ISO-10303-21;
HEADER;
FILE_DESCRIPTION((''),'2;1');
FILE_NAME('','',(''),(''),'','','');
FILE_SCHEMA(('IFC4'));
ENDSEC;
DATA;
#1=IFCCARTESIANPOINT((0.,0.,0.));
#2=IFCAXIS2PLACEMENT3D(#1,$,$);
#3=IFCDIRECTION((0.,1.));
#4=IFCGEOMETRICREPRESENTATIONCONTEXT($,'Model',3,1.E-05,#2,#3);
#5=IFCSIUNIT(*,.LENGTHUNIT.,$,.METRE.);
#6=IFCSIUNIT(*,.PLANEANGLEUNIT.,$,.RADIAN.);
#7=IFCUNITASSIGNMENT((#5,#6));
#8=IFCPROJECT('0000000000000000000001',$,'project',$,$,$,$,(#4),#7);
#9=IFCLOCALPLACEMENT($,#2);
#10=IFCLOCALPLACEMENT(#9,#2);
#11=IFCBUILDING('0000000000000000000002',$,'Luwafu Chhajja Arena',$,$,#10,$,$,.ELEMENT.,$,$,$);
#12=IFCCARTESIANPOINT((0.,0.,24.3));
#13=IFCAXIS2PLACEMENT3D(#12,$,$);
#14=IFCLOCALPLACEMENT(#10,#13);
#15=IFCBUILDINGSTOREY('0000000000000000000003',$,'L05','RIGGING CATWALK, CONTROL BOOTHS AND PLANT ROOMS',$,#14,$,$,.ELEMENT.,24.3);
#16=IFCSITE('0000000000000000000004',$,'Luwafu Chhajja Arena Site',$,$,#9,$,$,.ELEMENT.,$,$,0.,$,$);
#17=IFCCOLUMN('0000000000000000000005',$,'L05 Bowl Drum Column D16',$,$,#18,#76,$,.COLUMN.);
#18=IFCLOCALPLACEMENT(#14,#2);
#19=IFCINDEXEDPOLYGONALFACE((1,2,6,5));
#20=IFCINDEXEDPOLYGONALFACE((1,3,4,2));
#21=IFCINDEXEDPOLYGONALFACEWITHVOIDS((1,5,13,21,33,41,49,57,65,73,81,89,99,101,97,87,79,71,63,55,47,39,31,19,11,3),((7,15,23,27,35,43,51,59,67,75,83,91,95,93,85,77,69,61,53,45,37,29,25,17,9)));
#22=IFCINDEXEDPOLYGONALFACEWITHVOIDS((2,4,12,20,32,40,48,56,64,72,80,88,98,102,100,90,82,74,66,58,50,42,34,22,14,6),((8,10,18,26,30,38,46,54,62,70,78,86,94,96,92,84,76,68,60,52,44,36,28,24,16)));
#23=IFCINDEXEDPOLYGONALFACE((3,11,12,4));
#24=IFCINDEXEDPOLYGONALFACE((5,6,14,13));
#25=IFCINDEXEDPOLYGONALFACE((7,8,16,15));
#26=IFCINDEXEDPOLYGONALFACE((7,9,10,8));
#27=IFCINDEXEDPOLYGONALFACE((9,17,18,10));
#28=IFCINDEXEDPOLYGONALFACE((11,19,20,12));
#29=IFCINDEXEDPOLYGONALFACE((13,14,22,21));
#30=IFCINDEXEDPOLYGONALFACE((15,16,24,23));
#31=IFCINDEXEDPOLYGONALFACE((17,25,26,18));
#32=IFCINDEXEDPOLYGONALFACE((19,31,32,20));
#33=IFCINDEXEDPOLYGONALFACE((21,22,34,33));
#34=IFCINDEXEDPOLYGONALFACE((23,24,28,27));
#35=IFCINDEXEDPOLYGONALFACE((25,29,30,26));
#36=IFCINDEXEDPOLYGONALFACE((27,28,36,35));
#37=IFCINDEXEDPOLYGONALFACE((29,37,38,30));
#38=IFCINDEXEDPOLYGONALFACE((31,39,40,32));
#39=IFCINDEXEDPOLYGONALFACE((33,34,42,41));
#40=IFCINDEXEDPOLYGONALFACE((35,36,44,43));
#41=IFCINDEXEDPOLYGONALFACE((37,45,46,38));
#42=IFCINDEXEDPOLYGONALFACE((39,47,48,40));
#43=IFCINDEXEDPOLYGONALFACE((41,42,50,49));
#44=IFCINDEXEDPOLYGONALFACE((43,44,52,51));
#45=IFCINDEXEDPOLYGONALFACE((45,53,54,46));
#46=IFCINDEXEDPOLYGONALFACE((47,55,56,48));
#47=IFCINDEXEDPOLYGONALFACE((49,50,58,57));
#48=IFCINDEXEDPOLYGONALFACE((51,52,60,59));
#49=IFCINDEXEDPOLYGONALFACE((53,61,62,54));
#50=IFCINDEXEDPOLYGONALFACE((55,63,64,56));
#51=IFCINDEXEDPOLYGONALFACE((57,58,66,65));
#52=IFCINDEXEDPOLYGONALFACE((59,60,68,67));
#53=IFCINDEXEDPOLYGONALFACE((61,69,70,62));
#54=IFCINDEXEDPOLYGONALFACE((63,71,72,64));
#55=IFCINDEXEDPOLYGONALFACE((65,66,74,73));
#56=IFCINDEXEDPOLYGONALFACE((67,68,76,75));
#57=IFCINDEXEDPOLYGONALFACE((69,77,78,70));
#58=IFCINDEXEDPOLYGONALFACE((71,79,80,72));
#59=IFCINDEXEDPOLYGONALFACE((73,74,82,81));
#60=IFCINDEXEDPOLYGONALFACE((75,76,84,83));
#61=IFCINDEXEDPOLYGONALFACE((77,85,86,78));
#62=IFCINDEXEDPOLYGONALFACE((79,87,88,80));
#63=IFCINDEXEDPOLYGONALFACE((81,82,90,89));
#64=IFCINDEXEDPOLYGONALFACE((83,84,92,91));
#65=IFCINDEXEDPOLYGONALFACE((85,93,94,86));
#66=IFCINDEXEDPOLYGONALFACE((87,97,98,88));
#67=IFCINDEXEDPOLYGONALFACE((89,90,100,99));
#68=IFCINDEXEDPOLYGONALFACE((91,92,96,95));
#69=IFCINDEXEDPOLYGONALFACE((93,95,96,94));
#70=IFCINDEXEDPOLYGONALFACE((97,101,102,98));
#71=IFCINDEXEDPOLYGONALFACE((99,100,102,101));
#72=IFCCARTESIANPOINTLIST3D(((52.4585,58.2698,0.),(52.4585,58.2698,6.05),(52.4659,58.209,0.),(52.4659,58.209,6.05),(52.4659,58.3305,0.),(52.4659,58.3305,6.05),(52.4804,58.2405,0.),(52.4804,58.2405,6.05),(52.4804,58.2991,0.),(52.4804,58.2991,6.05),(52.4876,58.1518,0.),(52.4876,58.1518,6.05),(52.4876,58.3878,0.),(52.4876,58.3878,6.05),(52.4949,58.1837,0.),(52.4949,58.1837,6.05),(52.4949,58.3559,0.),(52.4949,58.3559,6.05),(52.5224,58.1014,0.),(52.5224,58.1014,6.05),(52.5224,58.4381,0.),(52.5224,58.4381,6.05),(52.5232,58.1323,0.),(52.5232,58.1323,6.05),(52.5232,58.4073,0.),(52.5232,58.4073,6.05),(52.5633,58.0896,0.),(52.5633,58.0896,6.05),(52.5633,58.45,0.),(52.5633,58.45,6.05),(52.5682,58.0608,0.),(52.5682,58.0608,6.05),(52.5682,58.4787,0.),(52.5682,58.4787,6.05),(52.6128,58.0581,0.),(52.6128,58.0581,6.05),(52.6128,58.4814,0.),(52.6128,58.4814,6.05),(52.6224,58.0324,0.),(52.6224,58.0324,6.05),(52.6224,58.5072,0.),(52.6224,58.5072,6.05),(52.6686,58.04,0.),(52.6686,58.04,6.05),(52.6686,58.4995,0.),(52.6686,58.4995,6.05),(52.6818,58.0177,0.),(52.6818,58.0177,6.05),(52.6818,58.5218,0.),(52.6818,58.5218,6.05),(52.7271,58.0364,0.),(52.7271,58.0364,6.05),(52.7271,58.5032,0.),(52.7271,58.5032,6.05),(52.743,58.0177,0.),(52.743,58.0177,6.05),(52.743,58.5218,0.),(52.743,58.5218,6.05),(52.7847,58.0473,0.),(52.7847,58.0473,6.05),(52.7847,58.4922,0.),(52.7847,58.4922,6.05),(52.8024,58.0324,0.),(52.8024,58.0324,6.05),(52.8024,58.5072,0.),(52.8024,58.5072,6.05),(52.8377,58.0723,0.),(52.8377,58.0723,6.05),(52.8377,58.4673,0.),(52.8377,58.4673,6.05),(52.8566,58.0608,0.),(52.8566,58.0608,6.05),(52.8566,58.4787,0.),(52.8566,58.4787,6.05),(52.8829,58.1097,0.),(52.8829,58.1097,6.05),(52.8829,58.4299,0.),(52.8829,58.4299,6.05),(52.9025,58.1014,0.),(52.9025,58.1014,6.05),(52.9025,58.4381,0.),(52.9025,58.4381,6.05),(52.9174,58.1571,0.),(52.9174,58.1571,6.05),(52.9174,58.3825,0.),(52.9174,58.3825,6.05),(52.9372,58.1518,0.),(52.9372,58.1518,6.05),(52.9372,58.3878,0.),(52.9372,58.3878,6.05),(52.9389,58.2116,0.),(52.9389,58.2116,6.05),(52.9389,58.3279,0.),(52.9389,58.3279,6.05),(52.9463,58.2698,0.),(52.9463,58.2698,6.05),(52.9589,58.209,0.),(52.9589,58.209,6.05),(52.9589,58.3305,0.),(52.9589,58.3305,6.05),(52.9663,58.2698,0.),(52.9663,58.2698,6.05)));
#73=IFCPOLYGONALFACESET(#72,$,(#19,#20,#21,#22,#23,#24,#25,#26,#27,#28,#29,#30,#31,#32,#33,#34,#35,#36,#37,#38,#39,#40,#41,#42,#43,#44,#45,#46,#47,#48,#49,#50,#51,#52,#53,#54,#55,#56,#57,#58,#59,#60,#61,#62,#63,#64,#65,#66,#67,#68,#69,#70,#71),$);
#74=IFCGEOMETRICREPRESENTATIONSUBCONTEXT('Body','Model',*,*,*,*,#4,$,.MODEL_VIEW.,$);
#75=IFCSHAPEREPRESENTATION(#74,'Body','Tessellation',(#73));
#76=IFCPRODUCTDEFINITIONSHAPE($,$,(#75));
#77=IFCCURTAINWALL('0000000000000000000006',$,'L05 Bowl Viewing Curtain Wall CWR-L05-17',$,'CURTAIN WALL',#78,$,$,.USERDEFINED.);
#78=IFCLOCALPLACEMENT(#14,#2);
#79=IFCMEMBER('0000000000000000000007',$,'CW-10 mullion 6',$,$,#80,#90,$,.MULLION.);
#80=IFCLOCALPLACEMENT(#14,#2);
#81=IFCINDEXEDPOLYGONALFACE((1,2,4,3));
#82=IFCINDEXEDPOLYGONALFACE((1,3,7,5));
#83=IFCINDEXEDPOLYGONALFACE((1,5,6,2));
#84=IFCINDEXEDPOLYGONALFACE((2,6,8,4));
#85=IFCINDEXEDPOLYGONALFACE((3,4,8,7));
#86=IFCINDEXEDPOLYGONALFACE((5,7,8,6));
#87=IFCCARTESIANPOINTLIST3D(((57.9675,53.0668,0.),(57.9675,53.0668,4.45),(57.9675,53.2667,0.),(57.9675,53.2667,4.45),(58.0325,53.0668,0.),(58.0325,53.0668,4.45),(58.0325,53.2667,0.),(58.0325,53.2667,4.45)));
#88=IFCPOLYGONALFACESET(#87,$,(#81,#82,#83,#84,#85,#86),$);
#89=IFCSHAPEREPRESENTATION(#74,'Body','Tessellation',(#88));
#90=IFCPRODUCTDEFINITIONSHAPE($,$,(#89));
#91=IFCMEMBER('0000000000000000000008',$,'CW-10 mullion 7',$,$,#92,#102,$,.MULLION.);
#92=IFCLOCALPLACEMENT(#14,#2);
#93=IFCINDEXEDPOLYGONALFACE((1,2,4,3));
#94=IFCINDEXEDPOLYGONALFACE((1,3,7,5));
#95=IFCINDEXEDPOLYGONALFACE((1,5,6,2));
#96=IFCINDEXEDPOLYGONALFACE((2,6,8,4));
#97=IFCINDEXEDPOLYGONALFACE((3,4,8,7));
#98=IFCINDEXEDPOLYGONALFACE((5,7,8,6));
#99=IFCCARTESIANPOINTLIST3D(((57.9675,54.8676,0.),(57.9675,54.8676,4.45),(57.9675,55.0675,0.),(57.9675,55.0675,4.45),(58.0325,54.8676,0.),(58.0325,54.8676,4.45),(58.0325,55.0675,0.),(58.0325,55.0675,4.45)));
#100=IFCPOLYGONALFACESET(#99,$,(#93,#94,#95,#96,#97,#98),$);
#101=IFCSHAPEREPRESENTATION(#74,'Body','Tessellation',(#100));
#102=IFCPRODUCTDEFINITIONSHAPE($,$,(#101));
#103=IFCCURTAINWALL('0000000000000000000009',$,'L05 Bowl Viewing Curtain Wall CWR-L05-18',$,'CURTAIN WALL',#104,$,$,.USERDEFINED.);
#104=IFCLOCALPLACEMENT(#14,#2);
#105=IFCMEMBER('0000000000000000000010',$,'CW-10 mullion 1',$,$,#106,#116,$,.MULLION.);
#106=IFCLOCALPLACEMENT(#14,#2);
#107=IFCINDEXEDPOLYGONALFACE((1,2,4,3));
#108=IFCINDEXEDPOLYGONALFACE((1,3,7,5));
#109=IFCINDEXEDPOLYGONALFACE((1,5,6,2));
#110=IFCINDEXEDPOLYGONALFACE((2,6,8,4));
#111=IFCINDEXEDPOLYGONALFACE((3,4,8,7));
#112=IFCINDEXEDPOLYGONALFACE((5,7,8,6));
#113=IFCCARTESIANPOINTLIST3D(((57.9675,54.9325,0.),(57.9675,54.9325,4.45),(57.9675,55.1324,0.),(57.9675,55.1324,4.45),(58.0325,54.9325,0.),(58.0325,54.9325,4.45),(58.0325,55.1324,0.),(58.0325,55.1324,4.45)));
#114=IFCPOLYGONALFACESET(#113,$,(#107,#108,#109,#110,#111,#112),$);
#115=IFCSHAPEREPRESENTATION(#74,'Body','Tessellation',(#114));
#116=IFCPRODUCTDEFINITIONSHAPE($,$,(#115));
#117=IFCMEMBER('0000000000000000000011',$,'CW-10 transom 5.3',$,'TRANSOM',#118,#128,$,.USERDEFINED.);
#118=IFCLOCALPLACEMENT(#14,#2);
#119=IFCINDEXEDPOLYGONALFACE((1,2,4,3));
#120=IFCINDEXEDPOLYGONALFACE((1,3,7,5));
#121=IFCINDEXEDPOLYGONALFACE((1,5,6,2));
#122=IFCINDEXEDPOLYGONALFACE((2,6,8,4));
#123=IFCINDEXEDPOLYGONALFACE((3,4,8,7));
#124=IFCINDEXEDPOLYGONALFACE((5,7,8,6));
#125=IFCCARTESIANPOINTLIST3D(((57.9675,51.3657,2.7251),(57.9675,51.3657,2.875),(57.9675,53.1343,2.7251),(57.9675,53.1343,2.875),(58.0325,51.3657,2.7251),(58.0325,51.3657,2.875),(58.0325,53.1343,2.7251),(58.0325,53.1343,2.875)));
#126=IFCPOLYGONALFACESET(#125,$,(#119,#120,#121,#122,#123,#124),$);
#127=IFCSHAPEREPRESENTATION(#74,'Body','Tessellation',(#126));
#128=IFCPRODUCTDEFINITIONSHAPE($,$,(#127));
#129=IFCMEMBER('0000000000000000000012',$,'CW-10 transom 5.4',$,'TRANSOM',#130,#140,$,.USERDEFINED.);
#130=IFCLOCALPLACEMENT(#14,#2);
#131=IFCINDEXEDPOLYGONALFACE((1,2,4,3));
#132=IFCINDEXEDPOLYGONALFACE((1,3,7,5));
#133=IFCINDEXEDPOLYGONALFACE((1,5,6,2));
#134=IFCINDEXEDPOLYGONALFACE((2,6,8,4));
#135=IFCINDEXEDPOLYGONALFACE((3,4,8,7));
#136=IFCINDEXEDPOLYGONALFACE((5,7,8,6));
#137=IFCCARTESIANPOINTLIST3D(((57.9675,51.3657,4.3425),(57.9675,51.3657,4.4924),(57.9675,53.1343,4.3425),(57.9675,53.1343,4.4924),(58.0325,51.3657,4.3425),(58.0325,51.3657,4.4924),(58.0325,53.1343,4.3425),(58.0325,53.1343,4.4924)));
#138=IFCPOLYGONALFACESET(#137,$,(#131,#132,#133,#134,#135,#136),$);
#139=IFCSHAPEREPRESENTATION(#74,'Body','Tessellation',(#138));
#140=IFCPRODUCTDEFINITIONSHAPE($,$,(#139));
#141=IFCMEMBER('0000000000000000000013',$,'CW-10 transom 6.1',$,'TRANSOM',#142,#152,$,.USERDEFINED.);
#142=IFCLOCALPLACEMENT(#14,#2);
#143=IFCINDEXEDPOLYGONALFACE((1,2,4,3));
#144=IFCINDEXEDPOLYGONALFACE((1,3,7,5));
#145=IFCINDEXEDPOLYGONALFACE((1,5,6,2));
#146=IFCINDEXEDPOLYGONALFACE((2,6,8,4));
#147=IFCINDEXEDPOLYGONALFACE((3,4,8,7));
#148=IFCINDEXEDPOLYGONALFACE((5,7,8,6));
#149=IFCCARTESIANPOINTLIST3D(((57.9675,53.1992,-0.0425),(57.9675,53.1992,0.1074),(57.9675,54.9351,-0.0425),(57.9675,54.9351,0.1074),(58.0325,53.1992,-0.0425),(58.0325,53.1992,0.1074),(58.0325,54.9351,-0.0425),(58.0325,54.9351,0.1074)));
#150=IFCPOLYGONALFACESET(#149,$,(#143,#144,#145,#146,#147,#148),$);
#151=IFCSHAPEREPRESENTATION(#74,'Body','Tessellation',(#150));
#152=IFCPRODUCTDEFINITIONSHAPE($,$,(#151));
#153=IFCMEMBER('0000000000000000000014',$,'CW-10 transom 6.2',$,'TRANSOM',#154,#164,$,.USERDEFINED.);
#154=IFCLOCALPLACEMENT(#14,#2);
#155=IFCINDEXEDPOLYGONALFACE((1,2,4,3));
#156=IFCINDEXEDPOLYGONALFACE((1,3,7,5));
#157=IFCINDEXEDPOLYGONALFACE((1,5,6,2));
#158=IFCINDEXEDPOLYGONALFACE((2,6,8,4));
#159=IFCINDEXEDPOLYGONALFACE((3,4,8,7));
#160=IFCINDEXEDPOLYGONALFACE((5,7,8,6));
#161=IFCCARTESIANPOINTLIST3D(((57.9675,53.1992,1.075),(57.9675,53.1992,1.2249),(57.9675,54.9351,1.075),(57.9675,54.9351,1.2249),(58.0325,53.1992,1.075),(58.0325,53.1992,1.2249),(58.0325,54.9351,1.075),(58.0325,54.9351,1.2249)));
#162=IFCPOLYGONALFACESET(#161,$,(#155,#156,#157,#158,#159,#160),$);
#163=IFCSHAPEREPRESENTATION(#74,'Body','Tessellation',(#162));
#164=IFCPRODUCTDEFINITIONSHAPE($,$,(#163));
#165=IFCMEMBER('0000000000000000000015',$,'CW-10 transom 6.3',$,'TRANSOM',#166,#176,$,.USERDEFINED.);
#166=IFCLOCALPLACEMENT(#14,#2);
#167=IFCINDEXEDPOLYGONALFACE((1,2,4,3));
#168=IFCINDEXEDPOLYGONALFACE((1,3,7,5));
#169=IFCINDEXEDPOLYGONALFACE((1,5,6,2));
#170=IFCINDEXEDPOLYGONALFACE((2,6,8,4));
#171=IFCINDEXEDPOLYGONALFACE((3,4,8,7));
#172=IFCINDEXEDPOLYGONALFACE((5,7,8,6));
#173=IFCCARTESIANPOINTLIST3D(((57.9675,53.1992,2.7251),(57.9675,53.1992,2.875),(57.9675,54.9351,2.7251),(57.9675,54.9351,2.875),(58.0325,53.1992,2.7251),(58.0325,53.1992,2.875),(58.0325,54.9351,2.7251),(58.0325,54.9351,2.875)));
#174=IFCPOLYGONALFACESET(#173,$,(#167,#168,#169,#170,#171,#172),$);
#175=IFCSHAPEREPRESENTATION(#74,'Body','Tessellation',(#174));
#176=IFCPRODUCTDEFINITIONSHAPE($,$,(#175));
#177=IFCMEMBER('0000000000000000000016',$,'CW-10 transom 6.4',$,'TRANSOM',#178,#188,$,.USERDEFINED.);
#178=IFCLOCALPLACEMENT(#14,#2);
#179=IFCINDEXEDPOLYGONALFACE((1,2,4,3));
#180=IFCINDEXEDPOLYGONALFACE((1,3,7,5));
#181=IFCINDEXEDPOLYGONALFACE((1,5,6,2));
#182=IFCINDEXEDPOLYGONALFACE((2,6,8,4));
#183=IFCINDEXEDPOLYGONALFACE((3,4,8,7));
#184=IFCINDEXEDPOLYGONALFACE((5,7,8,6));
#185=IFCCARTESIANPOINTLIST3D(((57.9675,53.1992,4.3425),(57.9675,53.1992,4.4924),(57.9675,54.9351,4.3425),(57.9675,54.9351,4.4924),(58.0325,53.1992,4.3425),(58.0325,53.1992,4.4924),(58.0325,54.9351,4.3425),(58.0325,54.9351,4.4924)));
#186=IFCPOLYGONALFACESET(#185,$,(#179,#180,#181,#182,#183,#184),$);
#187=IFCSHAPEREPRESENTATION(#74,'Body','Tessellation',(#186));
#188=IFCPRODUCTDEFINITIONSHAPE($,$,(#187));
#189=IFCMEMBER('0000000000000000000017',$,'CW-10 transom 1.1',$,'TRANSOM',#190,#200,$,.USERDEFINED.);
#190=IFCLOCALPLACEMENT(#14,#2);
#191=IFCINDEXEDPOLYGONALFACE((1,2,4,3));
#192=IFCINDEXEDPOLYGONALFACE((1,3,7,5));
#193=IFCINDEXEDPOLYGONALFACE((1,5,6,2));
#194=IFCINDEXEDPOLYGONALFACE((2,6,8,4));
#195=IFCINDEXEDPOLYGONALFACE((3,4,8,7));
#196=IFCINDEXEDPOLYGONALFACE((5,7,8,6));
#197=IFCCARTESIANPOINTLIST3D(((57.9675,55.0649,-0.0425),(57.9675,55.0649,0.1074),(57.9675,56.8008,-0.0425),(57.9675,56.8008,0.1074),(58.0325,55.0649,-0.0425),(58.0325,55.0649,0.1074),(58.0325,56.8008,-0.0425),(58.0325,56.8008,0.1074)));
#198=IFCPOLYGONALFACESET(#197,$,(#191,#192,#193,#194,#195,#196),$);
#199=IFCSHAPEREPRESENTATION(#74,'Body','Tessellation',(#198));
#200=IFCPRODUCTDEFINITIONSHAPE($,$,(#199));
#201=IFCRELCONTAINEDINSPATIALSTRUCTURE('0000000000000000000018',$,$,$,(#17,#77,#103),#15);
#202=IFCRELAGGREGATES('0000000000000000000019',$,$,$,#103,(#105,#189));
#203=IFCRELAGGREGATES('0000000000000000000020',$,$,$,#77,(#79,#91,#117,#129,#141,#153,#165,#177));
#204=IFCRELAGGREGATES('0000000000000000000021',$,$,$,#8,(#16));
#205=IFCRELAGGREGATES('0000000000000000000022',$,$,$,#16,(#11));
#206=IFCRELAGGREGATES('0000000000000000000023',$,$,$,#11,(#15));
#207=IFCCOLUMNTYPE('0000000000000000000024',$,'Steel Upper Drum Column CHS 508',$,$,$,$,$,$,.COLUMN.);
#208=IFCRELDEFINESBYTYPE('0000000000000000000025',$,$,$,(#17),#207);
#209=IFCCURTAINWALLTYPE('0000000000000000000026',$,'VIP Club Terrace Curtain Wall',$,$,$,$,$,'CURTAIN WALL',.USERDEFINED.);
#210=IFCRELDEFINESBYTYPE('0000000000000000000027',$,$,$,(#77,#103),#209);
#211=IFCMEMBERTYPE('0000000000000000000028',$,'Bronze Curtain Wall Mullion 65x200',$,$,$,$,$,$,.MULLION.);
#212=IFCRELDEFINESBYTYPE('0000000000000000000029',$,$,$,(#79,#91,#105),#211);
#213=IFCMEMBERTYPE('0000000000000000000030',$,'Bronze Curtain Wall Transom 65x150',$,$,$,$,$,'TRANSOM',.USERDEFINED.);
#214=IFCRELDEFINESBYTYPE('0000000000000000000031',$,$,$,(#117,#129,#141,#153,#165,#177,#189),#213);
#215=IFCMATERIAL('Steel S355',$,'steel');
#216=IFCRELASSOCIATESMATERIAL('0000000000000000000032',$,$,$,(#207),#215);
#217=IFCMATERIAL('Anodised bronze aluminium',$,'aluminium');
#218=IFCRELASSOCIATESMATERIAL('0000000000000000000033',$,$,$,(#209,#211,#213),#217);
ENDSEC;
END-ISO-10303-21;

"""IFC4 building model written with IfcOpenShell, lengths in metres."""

from ifc_helpers import new_model, si_unit, direction, frame, origin, origin_2d, place, context, subcontext, project, spatial, rectangle, hollow_circle, extrude, material, material_profile, profile_set, type_object, element, aggregate, save


model = new_model("IFC4")

# Units and contexts
model_context = context("Model", 3, precision=1e-05, world=origin(), true_north=direction((0.0, 1.0)))
body_context = subcontext(model_context, "Body", "Model", "MODEL_VIEW")
ifc_project = project(units=[si_unit("LENGTHUNIT", "METRE"), si_unit("PLANEANGLEUNIT", "RADIAN")], contexts=[model_context])

# Site, building, storey
site_placement = place(None, origin())
site = spatial("IfcSite", under=ifc_project, at=site_placement, Name="Luwafu Chhajja Arena Site", CompositionType="ELEMENT", RefElevation=0.0)
building_placement = place(site_placement, origin())
building = spatial("IfcBuilding", under=site, at=building_placement, Name="Luwafu Chhajja Arena", CompositionType="ELEMENT")
storey_placement = place(building_placement, frame((0.0, 0.0, 24.3)))
storey = spatial("IfcBuildingStorey", under=building, at=storey_placement, Name="L05", Description="RIGGING CATWALK, CONTROL BOOTHS AND PLANT ROOMS", CompositionType="ELEMENT", Elevation=24.3)

# Column
ifc_material_1 = material(Name="Steel S355", Category="steel")
ifc_material_profile_1 = material_profile(ifc_material_1, hollow_circle(Radius=0.2539, WallThickness=0.02, at=origin_2d()), Name="CHS 508x20")
ifc_profile_set_1 = profile_set([ifc_material_profile_1], Name="Steel S355")
column_type = type_object("IfcColumnType", Name="Steel Upper Drum Column CHS 508", PredefinedType="COLUMN", material=ifc_profile_set_1)
column_placement = place(storey_placement, frame((52.7124, 58.2698, 0.0), z_axis=(0.0, 0.0, 1.0), x_axis=(1.0, 0.0, 0.0)))
element("IfcColumn", 1, at=column_placement, inside=storey, type_object=column_type, Name="L05 Bowl Drum Column D16", PredefinedType="COLUMN", context=body_context, shape_type="SweptSolid", body=[
    extrude(hollow_circle(Radius=0.2539, WallThickness=0.02, at=origin_2d()), origin(), (0.0, 0.0, 1.0), 6.05),
])

# Curtain wall, members
ifc_material_2 = material(Name="Anodised bronze aluminium", Category="aluminium")
curtain_wall_type = type_object("IfcCurtainWallType", Name="VIP Club Terrace Curtain Wall", ElementType="CURTAIN WALL", PredefinedType="USERDEFINED", material=ifc_material_2)
curtain_wall_1_placement = place(storey_placement, origin())
curtain_wall_1 = element("IfcCurtainWall", 2, at=curtain_wall_1_placement, inside=storey, type_object=curtain_wall_type, Name="L05 Bowl Viewing Curtain Wall CWR-L05-17", ObjectType="CURTAIN WALL", PredefinedType="USERDEFINED")
ifc_material_profile_2 = material_profile(ifc_material_2, rectangle(XDim=0.0649, YDim=0.2, at=origin_2d()), Name="CWM 65x200")
ifc_profile_set_2 = profile_set([ifc_material_profile_2], Name="Anodised bronze aluminium")
member_type_1 = type_object("IfcMemberType", Name="Bronze Curtain Wall Mullion 65x200", PredefinedType="MULLION", material=ifc_profile_set_2)
member_1_placement = place(storey_placement, frame((58.0, 53.1667, 0.0), z_axis=(0.0, 0.0, 1.0), x_axis=(-1.0, 0.0, 0.0)))
member_1 = element("IfcMember", 3, at=member_1_placement, type_object=member_type_1, Name="CW-10 mullion 6", PredefinedType="MULLION", context=body_context, shape_type="SweptSolid", body=[
    extrude(rectangle(XDim=0.0649, YDim=0.2, at=origin_2d()), origin(), (0.0, 0.0, 1.0), 4.45),
])
member_2_placement = place(storey_placement, frame((58.0, 54.9675, 0.0), z_axis=(0.0, 0.0, 1.0), x_axis=(-1.0, 0.0, 0.0)))
member_2 = element("IfcMember", 4, at=member_2_placement, type_object=member_type_1, Name="CW-10 mullion 7", PredefinedType="MULLION", context=body_context, shape_type="SweptSolid", body=[
    extrude(rectangle(XDim=0.0649, YDim=0.2, at=origin_2d()), origin(), (0.0, 0.0, 1.0), 4.45),
])

# Curtain wall, member
curtain_wall_2_placement = place(storey_placement, origin())
curtain_wall_2 = element("IfcCurtainWall", 5, at=curtain_wall_2_placement, inside=storey, type_object=curtain_wall_type, Name="L05 Bowl Viewing Curtain Wall CWR-L05-18", ObjectType="CURTAIN WALL", PredefinedType="USERDEFINED")
member_3_placement = place(storey_placement, frame((58.0, 55.0325, 0.0), z_axis=(0.0, 0.0, 1.0), x_axis=(-1.0, 0.0, 0.0)))
member_3 = element("IfcMember", 6, at=member_3_placement, type_object=member_type_1, Name="CW-10 mullion 1", PredefinedType="MULLION", context=body_context, shape_type="SweptSolid", body=[
    extrude(rectangle(XDim=0.0649, YDim=0.2, at=origin_2d()), origin(), (0.0, 0.0, 1.0), 4.45),
])

# Members
ifc_material_profile_3 = material_profile(ifc_material_2, rectangle(XDim=0.0649, YDim=0.1499, at=origin_2d()), Name="CWT 65x150")
ifc_profile_set_3 = profile_set([ifc_material_profile_3], Name="Anodised bronze aluminium")
member_type_2 = type_object("IfcMemberType", Name="Bronze Curtain Wall Transom 65x150", ElementType="TRANSOM", PredefinedType="USERDEFINED", material=ifc_profile_set_3)
member_4_placement = place(storey_placement, frame((58.0, 51.3657, 2.8), z_axis=(0.0, 1.0, 0.0), x_axis=(-1.0, 0.0, 0.0)))
member_4 = element("IfcMember", 7, at=member_4_placement, type_object=member_type_2, Name="CW-10 transom 5.3", ObjectType="TRANSOM", PredefinedType="USERDEFINED", context=body_context, shape_type="SweptSolid", body=[
    extrude(rectangle(XDim=0.0649, YDim=0.1499, at=origin_2d()), origin(), (0.0, 0.0, 1.0), 1.7686),
])
member_5_placement = place(storey_placement, frame((58.0, 51.3657, 4.4175), z_axis=(0.0, 1.0, 0.0), x_axis=(-1.0, 0.0, 0.0)))
member_5 = element("IfcMember", 8, at=member_5_placement, type_object=member_type_2, Name="CW-10 transom 5.4", ObjectType="TRANSOM", PredefinedType="USERDEFINED", context=body_context, shape_type="SweptSolid", body=[
    extrude(rectangle(XDim=0.0649, YDim=0.1499, at=origin_2d()), origin(), (0.0, 0.0, 1.0), 1.7686),
])
member_6_placement = place(storey_placement, frame((58.0, 53.1992, 0.0325), z_axis=(0.0, 1.0, 0.0), x_axis=(-1.0, 0.0, 0.0)))
member_6 = element("IfcMember", 9, at=member_6_placement, type_object=member_type_2, Name="CW-10 transom 6.1", ObjectType="TRANSOM", PredefinedType="USERDEFINED", context=body_context, shape_type="SweptSolid", body=[
    extrude(rectangle(XDim=0.0649, YDim=0.1499, at=origin_2d()), origin(), (0.0, 0.0, 1.0), 1.7358),
])
member_7_placement = place(storey_placement, frame((58.0, 53.1992, 1.1499), z_axis=(0.0, 1.0, 0.0), x_axis=(-1.0, 0.0, 0.0)))
member_7 = element("IfcMember", 10, at=member_7_placement, type_object=member_type_2, Name="CW-10 transom 6.2", ObjectType="TRANSOM", PredefinedType="USERDEFINED", context=body_context, shape_type="SweptSolid", body=[
    extrude(rectangle(XDim=0.0649, YDim=0.1499, at=origin_2d()), origin(), (0.0, 0.0, 1.0), 1.7358),
])
member_8_placement = place(storey_placement, frame((58.0, 53.1992, 2.8), z_axis=(0.0, 1.0, 0.0), x_axis=(-1.0, 0.0, 0.0)))
member_8 = element("IfcMember", 11, at=member_8_placement, type_object=member_type_2, Name="CW-10 transom 6.3", ObjectType="TRANSOM", PredefinedType="USERDEFINED", context=body_context, shape_type="SweptSolid", body=[
    extrude(rectangle(XDim=0.0649, YDim=0.1499, at=origin_2d()), origin(), (0.0, 0.0, 1.0), 1.7358),
])
member_9_placement = place(storey_placement, frame((58.0, 53.1992, 4.4175), z_axis=(0.0, 1.0, 0.0), x_axis=(-1.0, 0.0, 0.0)))
member_9 = element("IfcMember", 12, at=member_9_placement, type_object=member_type_2, Name="CW-10 transom 6.4", ObjectType="TRANSOM", PredefinedType="USERDEFINED", context=body_context, shape_type="SweptSolid", body=[
    extrude(rectangle(XDim=0.0649, YDim=0.1499, at=origin_2d()), origin(), (0.0, 0.0, 1.0), 1.7358),
])
member_10_placement = place(storey_placement, frame((58.0, 55.0649, 0.0325), z_axis=(0.0, 1.0, 0.0), x_axis=(-1.0, 0.0, 0.0)))
member_10 = element("IfcMember", 13, at=member_10_placement, type_object=member_type_2, Name="CW-10 transom 1.1", ObjectType="TRANSOM", PredefinedType="USERDEFINED", context=body_context, shape_type="SweptSolid", body=[
    extrude(rectangle(XDim=0.0649, YDim=0.1499, at=origin_2d()), origin(), (0.0, 0.0, 1.0), 1.7358),
])
aggregate(curtain_wall_2, [member_3, member_10])

aggregate(curtain_wall_1, [member_1, member_2, member_4, member_5, member_6, member_7, member_8, member_9])

save(model, "model.ifc")
